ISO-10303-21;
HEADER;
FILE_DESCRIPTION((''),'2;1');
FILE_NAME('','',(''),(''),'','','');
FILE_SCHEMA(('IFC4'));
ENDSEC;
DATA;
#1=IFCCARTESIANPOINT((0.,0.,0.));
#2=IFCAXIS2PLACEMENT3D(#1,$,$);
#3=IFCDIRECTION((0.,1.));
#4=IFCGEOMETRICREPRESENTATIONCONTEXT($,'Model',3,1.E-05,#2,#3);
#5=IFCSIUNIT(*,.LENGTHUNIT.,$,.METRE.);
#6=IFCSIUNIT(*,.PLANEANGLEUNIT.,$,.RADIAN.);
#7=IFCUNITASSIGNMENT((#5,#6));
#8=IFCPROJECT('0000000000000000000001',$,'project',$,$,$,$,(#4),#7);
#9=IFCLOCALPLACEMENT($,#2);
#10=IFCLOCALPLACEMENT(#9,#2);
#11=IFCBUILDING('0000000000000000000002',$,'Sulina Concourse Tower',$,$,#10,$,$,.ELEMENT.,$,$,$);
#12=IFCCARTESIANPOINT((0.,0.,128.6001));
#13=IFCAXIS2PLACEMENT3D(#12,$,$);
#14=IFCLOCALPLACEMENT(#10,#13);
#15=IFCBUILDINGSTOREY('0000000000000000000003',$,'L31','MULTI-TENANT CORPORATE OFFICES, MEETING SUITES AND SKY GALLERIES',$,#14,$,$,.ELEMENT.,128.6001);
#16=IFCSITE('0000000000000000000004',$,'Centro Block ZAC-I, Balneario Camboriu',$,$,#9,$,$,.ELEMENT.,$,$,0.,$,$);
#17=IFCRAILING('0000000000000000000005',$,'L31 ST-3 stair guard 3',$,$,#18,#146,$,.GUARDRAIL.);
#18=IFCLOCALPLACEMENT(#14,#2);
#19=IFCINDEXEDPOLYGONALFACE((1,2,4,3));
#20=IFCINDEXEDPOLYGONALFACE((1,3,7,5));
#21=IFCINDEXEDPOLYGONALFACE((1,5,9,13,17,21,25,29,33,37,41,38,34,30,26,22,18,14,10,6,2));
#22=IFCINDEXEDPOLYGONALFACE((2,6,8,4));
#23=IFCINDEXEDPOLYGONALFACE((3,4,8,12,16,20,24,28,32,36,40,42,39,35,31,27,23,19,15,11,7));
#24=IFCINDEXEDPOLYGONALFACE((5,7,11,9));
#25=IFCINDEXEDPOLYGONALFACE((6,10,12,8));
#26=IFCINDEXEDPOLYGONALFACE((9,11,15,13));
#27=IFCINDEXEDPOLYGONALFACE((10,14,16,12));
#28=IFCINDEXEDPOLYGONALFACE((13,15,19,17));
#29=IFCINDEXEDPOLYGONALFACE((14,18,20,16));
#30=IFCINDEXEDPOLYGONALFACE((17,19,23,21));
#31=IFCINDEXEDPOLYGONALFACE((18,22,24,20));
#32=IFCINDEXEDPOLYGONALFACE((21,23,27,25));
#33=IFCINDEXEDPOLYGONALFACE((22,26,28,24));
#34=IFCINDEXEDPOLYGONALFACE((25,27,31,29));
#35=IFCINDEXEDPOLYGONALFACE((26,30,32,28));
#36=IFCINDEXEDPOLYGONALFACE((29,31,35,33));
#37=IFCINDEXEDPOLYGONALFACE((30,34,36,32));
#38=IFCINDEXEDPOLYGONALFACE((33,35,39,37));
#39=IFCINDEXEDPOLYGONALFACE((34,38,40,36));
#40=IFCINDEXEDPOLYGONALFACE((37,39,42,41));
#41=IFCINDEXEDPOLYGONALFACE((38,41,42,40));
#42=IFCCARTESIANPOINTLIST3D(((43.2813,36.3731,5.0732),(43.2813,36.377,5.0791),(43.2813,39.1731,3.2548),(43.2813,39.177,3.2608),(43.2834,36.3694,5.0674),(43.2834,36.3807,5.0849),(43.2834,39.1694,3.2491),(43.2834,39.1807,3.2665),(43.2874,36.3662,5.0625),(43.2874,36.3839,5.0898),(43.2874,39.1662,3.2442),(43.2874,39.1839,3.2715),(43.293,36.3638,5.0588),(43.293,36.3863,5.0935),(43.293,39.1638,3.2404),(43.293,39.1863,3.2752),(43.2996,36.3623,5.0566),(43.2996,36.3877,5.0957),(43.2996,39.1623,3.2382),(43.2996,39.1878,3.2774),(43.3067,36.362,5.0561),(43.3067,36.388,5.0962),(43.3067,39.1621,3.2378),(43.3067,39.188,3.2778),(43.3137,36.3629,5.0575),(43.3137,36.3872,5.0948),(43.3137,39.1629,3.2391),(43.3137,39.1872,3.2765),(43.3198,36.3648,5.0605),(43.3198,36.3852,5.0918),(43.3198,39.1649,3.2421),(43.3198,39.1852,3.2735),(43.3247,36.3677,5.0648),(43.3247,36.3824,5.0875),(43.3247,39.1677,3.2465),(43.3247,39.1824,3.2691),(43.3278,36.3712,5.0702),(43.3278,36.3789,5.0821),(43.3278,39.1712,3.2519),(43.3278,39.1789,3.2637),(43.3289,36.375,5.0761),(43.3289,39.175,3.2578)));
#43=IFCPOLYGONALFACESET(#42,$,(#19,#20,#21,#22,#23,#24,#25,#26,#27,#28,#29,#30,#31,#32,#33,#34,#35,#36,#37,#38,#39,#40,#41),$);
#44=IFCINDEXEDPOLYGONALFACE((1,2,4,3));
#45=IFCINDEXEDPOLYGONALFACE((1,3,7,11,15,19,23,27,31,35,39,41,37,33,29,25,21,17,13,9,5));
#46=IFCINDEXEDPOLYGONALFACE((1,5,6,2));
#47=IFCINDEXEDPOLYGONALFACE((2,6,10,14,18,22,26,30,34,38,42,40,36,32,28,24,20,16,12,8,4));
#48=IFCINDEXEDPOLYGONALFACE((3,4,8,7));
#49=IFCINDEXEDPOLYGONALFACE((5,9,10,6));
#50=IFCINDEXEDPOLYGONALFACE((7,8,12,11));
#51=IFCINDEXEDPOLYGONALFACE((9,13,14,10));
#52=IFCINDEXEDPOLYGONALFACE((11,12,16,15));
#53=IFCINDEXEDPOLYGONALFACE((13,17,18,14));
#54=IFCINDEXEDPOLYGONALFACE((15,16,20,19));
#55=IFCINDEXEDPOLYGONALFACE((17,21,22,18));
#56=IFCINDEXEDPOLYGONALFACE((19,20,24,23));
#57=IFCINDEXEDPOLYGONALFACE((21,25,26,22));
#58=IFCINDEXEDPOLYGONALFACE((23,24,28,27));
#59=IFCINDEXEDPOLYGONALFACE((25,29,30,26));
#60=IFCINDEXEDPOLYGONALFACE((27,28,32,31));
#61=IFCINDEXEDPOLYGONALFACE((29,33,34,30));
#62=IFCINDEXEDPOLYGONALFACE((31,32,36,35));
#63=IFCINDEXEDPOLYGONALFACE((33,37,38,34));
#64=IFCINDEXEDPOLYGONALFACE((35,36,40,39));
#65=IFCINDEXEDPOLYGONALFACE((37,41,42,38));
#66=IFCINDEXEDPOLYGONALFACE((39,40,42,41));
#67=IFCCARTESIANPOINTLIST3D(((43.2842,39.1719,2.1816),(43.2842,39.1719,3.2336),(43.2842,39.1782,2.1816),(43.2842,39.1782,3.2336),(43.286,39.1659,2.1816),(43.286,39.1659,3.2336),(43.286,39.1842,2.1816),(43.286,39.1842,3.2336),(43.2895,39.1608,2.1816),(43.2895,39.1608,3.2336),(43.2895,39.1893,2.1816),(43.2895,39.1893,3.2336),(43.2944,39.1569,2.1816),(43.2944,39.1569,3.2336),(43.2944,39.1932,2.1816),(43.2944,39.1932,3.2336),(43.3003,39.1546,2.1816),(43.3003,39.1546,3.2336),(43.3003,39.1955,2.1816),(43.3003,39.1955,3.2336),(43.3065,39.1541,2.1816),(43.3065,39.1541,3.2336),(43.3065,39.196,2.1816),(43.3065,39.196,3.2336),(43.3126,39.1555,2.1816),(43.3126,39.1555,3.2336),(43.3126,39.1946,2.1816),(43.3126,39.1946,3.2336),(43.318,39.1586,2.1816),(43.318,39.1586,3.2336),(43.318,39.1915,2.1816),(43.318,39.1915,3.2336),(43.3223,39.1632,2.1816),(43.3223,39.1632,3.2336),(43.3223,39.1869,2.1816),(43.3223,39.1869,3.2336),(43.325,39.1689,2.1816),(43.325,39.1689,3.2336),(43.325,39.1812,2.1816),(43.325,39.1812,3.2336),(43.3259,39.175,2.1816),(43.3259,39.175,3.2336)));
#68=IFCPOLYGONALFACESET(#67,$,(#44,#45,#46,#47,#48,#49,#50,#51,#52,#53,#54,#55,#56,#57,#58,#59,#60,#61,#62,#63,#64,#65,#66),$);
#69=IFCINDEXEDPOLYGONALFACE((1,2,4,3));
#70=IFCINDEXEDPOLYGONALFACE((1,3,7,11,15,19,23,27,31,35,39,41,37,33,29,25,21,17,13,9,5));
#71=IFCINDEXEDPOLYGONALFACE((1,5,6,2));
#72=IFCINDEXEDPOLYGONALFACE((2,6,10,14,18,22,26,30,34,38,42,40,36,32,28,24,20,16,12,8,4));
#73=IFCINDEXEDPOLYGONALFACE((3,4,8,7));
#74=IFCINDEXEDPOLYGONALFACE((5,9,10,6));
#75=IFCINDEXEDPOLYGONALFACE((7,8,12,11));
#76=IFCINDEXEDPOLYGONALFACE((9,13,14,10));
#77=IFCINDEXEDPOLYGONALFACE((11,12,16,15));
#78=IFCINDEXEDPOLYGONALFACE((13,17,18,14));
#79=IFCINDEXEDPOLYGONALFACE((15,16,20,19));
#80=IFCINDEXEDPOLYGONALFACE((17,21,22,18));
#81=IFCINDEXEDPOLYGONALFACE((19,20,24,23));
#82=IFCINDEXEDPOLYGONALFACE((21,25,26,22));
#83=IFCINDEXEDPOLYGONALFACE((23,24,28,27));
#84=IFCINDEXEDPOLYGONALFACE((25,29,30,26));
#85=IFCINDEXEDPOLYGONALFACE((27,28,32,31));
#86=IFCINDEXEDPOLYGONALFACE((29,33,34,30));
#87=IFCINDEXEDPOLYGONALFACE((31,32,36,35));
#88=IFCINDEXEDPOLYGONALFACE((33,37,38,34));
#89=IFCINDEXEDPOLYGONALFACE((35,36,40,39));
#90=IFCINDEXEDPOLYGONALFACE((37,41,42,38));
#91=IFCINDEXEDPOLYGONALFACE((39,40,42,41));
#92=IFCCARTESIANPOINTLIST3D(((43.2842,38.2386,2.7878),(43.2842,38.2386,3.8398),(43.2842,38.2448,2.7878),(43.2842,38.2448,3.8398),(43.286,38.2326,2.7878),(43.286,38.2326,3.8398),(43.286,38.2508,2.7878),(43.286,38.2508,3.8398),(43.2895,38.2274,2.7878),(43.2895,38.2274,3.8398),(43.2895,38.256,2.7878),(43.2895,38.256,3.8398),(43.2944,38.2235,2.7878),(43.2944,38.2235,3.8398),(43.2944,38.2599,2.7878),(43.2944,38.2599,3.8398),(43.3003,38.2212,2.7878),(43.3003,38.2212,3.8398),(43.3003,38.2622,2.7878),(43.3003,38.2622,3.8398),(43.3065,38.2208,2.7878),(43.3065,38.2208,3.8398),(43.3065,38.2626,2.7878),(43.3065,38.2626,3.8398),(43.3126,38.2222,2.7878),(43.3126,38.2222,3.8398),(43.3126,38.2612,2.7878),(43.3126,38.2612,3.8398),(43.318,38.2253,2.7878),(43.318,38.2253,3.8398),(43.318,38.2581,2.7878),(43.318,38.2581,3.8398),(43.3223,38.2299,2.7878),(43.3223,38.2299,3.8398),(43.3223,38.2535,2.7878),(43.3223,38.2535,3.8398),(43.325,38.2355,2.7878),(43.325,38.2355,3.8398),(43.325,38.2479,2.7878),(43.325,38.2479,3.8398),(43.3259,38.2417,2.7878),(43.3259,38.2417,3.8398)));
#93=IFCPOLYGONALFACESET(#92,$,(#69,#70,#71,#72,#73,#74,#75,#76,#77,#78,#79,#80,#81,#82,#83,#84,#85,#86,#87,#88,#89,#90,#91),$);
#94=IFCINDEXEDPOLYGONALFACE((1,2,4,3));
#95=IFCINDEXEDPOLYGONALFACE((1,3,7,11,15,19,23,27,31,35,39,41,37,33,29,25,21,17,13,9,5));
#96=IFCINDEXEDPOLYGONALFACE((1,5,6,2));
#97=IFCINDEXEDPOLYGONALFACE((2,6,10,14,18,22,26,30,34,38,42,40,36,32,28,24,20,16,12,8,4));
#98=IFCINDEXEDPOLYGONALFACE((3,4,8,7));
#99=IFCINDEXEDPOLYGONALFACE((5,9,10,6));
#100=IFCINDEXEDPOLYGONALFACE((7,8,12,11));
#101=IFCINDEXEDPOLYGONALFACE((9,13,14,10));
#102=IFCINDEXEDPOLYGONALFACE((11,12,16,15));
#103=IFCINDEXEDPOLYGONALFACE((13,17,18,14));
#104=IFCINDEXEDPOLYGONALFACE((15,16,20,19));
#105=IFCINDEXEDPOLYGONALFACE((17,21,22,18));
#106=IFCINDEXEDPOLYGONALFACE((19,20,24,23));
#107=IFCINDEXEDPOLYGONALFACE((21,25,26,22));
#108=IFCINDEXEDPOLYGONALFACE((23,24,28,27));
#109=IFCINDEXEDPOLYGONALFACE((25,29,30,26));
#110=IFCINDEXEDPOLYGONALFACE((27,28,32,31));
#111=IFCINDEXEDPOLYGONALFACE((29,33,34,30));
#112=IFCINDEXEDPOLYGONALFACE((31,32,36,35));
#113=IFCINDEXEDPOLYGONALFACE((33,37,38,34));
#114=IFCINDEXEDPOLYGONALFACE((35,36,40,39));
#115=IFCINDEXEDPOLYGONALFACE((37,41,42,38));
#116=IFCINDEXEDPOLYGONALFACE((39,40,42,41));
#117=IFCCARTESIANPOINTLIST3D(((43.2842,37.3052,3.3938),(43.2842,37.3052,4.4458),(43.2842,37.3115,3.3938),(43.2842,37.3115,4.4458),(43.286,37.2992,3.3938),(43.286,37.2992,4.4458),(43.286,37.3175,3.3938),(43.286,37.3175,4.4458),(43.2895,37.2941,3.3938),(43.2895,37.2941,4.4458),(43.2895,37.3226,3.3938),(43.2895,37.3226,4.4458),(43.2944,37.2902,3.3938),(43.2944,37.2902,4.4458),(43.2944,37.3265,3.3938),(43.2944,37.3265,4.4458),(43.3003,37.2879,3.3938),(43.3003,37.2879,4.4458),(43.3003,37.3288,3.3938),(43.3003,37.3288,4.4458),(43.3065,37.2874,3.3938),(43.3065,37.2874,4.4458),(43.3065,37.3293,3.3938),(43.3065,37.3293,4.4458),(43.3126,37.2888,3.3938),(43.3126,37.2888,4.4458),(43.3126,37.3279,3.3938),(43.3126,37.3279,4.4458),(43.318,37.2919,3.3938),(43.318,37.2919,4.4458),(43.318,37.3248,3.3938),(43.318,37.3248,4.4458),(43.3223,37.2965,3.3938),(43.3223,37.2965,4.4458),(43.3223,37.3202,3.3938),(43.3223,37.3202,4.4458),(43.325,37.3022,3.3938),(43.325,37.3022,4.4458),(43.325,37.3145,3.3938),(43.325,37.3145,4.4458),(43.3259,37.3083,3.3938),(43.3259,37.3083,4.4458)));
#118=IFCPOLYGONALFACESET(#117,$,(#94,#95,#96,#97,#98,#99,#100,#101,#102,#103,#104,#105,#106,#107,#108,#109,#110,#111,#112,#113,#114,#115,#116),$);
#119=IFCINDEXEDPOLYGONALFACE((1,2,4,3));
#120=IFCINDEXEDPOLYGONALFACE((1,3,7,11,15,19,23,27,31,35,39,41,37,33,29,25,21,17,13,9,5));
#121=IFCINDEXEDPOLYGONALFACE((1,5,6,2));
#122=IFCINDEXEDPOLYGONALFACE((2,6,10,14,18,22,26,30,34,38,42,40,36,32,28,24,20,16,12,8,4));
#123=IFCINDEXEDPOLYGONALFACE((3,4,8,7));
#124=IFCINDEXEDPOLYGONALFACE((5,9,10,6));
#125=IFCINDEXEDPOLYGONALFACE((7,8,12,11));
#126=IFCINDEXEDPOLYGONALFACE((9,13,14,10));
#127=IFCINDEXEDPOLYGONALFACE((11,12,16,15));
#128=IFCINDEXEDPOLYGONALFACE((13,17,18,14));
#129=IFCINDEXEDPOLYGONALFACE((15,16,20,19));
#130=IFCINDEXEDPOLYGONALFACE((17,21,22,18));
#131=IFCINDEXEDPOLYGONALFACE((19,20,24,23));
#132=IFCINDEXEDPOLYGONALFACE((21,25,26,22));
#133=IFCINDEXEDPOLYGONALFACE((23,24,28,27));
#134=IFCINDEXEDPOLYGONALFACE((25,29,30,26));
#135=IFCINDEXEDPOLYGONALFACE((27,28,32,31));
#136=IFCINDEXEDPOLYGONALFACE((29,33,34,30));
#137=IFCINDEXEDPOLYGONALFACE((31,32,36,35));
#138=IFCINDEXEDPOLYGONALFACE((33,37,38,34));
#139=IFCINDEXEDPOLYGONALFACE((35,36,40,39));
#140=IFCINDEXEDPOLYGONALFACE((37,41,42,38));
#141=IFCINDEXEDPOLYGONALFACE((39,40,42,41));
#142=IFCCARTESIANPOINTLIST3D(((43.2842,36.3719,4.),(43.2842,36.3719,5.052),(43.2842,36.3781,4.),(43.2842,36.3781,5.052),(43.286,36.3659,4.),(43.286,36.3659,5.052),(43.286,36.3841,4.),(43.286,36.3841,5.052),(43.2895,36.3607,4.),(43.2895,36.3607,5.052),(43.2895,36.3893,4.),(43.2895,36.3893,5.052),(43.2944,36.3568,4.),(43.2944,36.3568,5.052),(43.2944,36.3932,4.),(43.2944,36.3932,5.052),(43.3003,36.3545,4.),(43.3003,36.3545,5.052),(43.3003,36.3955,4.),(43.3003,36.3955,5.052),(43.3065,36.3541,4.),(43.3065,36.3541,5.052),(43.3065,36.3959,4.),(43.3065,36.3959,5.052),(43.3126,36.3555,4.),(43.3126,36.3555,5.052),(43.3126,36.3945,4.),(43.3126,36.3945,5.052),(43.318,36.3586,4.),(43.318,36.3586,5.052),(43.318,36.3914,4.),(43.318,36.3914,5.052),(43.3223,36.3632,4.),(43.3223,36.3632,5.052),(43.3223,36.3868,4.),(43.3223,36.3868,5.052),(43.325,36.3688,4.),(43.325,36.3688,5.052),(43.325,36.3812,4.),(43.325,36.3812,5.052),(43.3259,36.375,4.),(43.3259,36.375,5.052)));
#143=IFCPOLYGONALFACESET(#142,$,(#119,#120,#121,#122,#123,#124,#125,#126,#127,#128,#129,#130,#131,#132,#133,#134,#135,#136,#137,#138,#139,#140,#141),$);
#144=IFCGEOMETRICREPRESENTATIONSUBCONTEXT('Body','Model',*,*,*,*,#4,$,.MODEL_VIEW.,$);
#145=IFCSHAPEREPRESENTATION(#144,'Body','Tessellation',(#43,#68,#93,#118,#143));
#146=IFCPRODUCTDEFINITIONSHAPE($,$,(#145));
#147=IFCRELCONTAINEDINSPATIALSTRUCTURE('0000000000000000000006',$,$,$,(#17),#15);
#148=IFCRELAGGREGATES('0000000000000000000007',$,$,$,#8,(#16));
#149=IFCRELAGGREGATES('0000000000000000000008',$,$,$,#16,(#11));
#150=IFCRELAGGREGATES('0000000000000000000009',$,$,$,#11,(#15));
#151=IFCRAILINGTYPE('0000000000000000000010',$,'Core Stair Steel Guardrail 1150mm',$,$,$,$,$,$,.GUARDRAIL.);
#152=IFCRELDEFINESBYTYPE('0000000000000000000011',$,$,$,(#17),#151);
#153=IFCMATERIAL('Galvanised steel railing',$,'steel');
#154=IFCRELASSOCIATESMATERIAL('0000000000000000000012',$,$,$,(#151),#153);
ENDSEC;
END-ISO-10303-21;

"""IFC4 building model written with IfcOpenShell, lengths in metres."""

from ifc_helpers import new_model, si_unit, direction, frame, origin, origin_2d, place, context, subcontext, project, spatial, circle, extrude, material, type_object, element, save


model = new_model("IFC4")

# Units and contexts
model_context = context("Model", 3, precision=1e-05, world=origin(), true_north=direction((0.0, 1.0)))
body_context = subcontext(model_context, "Body", "Model", "MODEL_VIEW")
ifc_project = project(units=[si_unit("LENGTHUNIT", "METRE"), si_unit("PLANEANGLEUNIT", "RADIAN")], contexts=[model_context])

# Site, building, storey
site_placement = place(None, origin())
site = spatial("IfcSite", under=ifc_project, at=site_placement, Name="Centro Block ZAC-I, Balneario Camboriu", CompositionType="ELEMENT", RefElevation=0.0)
building_placement = place(site_placement, origin())
building = spatial("IfcBuilding", under=site, at=building_placement, Name="Sulina Concourse Tower", CompositionType="ELEMENT")
storey_placement = place(building_placement, frame((0.0, 0.0, 128.6001)))
storey = spatial("IfcBuildingStorey", under=building, at=storey_placement, Name="L31", Description="MULTI-TENANT CORPORATE OFFICES, MEETING SUITES AND SKY GALLERIES", CompositionType="ELEMENT", Elevation=128.6001)

# Railing
ifc_material_1 = material(Name="Galvanised steel railing", Category="steel")
railing_type_1 = type_object("IfcRailingType", Name="Core Stair Steel Guardrail 1150mm", PredefinedType="GUARDRAIL", material=ifc_material_1)
railing_1_placement = place(storey_placement, frame((43.3049, 39.175, 2.1816)))
element("IfcRailing", 1, at=railing_1_placement, inside=storey, type_object=railing_type_1, Name="L31 ST-3 stair guard 3", PredefinedType="GUARDRAIL", context=body_context, shape_type="SweptSolid", body=[
    extrude(circle(Radius=0.0239, at=origin_2d()), frame((0.0, 0.0, 1.0762), z_axis=(0.0, -0.838672, 0.544636), x_axis=(1.0, 0.0, 0.0)), (0.0, 0.0, 1.0), 3.3386),
    extrude(circle(Radius=0.021, at=origin_2d()), origin(), (0.0, 0.0, 1.0), 1.052),
    extrude(circle(Radius=0.021, at=origin_2d()), frame((0.0, -0.9333, 0.6062)), (0.0, 0.0, 1.0), 1.052),
    extrude(circle(Radius=0.021, at=origin_2d()), frame((0.0, -1.8667, 1.2122)), (0.0, 0.0, 1.0), 1.052),
    extrude(circle(Radius=0.021, at=origin_2d()), frame((0.0, -2.8, 1.8184)), (0.0, 0.0, 1.0), 1.052),
])

save(model, "model.ifc")
